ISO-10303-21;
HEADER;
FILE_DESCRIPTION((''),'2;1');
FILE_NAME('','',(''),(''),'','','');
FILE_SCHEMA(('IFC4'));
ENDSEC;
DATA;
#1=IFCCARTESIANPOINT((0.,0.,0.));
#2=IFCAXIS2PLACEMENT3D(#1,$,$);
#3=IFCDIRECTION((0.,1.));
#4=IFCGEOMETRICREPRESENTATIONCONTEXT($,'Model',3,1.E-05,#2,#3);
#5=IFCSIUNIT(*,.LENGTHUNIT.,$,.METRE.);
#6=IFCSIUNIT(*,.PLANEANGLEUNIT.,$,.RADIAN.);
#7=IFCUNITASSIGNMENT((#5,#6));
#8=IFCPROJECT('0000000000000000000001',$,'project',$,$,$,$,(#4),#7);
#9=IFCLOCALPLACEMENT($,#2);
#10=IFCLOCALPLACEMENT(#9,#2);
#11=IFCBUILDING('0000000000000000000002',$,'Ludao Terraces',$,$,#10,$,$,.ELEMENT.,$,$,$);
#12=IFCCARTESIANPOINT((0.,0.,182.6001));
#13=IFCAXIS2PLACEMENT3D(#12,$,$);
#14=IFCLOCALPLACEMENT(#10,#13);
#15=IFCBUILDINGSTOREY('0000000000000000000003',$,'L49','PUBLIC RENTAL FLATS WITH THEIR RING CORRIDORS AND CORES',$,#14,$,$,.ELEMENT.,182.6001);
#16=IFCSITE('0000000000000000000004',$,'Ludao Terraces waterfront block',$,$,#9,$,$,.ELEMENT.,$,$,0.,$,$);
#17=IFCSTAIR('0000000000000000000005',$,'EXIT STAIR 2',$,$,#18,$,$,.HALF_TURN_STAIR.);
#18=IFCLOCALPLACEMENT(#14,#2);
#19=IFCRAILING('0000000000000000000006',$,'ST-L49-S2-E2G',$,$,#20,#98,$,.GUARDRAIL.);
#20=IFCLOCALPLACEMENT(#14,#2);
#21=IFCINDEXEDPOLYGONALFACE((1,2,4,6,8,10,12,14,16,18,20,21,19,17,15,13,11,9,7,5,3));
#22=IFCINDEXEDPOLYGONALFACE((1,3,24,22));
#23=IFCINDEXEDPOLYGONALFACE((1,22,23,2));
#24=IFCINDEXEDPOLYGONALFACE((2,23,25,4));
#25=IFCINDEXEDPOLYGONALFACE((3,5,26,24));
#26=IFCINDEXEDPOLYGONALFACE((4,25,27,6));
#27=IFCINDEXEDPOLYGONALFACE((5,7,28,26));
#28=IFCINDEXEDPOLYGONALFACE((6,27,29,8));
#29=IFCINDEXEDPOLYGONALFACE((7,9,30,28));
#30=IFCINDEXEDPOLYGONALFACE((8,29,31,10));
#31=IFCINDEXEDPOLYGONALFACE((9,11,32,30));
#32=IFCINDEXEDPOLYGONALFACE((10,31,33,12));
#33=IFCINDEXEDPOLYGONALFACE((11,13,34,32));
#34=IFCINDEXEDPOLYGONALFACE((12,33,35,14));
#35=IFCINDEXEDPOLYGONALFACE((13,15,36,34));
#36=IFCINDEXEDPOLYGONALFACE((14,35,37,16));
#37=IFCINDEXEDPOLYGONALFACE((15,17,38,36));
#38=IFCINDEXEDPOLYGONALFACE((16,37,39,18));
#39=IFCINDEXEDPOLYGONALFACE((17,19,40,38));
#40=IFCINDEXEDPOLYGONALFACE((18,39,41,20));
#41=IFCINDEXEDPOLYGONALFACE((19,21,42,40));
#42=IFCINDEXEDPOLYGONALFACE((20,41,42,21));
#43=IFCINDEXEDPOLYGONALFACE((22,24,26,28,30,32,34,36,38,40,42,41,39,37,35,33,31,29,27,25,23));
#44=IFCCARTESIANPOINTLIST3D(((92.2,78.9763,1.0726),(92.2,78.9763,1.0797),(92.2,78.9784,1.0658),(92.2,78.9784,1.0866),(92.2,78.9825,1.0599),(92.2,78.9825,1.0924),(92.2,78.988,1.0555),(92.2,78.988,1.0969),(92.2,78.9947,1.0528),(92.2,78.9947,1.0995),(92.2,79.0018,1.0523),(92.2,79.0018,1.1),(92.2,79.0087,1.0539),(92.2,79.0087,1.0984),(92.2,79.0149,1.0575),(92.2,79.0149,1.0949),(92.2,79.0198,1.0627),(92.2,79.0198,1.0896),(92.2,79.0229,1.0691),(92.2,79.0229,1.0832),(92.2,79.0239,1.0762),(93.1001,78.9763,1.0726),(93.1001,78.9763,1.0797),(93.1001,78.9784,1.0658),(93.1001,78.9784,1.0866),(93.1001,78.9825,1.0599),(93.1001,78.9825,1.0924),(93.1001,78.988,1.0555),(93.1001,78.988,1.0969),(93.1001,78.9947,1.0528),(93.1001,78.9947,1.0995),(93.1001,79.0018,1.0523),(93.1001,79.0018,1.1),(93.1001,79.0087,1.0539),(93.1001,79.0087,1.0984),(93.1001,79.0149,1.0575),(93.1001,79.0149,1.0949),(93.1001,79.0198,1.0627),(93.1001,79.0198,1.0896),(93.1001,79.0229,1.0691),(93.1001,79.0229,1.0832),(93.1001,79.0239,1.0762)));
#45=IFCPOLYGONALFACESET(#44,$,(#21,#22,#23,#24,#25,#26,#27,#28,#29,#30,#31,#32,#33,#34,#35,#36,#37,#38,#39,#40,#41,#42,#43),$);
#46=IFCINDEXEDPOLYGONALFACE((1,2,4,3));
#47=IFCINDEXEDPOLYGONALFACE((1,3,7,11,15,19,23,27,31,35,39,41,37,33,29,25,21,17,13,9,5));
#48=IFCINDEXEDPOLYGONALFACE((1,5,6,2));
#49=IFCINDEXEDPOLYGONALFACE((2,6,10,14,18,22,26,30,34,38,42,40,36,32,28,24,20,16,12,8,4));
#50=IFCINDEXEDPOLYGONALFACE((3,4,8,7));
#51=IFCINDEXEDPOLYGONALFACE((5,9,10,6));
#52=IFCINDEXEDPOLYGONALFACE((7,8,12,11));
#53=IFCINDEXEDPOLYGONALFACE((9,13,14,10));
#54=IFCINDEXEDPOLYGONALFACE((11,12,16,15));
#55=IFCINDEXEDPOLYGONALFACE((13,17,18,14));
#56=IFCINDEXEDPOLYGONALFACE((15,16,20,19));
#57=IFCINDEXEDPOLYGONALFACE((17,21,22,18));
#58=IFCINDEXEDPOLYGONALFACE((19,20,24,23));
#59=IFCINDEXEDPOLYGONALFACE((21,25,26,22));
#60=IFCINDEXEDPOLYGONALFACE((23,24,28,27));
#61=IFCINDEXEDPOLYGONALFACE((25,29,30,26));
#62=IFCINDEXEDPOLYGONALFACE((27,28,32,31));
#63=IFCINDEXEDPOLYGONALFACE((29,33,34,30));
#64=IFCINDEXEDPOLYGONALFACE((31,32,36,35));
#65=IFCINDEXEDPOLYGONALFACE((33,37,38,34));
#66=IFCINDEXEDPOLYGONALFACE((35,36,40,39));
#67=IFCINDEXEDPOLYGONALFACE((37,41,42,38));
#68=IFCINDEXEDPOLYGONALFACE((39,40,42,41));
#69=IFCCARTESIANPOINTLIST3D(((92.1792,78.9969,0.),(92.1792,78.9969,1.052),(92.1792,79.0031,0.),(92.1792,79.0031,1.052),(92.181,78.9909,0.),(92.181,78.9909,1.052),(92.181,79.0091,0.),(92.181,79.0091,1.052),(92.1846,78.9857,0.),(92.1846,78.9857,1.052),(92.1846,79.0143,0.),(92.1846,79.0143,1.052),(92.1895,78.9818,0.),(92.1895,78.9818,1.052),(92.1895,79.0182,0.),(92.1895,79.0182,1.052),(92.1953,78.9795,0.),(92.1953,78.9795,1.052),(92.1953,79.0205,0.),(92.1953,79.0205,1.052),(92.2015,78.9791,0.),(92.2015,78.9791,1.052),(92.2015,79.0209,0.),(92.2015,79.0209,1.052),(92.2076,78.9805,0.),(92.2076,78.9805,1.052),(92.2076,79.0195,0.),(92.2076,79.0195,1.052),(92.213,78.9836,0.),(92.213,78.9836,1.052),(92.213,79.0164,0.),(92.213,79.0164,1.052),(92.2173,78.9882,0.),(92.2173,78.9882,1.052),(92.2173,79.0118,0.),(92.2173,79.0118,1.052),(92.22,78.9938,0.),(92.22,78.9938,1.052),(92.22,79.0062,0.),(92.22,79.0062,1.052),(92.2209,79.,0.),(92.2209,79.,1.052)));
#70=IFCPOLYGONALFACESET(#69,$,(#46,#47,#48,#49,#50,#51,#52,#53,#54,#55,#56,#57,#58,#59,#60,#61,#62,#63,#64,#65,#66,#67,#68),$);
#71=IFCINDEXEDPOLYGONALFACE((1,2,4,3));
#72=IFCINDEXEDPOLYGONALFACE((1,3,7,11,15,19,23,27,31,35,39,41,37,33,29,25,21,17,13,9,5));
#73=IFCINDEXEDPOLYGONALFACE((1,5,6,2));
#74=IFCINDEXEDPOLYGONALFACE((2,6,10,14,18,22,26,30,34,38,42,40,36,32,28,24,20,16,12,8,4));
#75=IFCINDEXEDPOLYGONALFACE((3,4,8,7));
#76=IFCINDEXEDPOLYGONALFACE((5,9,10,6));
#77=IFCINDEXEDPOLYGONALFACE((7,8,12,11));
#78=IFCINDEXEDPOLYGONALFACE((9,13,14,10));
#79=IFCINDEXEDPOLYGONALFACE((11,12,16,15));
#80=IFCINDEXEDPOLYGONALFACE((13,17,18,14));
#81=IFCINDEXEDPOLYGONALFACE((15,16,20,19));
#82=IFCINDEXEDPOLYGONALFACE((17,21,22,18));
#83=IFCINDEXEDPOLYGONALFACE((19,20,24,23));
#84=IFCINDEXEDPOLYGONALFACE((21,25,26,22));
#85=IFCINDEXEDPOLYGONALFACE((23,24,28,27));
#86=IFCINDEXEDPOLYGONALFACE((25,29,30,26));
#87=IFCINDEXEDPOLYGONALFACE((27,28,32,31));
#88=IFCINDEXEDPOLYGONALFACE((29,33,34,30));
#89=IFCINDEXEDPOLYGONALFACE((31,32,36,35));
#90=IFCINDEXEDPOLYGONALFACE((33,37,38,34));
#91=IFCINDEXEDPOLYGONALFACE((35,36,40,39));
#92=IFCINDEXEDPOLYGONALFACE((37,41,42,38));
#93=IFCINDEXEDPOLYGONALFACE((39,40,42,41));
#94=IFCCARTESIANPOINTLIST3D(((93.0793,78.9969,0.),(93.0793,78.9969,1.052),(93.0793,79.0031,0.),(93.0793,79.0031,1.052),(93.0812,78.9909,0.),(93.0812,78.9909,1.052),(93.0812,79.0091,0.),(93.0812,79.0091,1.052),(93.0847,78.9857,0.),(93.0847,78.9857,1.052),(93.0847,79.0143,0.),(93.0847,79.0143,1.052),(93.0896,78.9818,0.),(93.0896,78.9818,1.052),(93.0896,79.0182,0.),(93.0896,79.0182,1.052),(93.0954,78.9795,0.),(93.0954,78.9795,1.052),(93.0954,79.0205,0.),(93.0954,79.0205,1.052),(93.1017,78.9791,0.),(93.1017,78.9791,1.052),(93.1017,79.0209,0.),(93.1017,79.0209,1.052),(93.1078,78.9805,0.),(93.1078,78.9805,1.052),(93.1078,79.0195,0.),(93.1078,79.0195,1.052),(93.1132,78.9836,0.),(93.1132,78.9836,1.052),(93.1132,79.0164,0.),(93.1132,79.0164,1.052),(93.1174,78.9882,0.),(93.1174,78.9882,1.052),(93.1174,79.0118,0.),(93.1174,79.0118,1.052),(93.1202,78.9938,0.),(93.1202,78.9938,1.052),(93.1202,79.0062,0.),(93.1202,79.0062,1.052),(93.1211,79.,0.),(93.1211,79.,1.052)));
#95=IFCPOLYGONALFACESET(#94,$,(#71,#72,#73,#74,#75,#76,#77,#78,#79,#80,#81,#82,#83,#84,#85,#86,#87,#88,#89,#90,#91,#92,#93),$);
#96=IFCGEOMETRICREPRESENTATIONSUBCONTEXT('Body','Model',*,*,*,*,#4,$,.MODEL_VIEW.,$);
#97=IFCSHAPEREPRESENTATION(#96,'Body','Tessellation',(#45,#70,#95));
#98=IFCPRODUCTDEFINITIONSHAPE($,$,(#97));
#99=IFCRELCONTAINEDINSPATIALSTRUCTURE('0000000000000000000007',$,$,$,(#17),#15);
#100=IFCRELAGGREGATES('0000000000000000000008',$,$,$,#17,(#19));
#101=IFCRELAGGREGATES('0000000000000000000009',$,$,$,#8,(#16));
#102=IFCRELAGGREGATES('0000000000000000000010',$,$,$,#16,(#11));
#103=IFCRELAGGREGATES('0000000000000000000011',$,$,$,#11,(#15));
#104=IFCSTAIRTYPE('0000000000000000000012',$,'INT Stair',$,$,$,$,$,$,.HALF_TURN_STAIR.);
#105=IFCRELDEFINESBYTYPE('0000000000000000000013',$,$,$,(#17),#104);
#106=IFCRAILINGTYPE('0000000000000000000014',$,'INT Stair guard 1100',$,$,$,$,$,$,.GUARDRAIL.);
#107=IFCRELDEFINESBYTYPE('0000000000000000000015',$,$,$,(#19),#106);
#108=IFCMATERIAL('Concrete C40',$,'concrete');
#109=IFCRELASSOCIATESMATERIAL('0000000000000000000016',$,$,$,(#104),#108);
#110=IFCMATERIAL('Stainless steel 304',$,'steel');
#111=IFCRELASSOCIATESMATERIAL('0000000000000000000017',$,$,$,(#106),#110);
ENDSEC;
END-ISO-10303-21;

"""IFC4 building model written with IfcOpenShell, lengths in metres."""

from ifc_helpers import new_model, si_unit, direction, frame, origin, origin_2d, place, context, subcontext, project, spatial, circle, extrude, material, type_object, element, aggregate, save


model = new_model("IFC4")

# Units and contexts
model_context = context("Model", 3, precision=1e-05, world=origin(), true_north=direction((0.0, 1.0)))
body_context = subcontext(model_context, "Body", "Model", "MODEL_VIEW")
ifc_project = project(units=[si_unit("LENGTHUNIT", "METRE"), si_unit("PLANEANGLEUNIT", "RADIAN")], contexts=[model_context])

# Site, building, storey
site_placement = place(None, origin())
site = spatial("IfcSite", under=ifc_project, at=site_placement, Name="Ludao Terraces waterfront block", CompositionType="ELEMENT", RefElevation=0.0)
building_placement = place(site_placement, origin())
building = spatial("IfcBuilding", under=site, at=building_placement, Name="Ludao Terraces", CompositionType="ELEMENT")
storey_placement = place(building_placement, frame((0.0, 0.0, 182.6001)))
storey = spatial("IfcBuildingStorey", under=building, at=storey_placement, Name="L49", Description="PUBLIC RENTAL FLATS WITH THEIR RING CORRIDORS AND CORES", CompositionType="ELEMENT", Elevation=182.6001)

# Shared definitions
ifc_material_1 = material(Name="Concrete C40", Category="concrete")

# Shared definitions
ifc_material_2 = material(Name="Stainless steel 304", Category="steel")

# Stair, railing
stair_type = type_object("IfcStairType", Name="INT Stair", PredefinedType="HALF_TURN_STAIR", material=ifc_material_1)
stair_placement = place(storey_placement, origin())
stair = element("IfcStair", 1, at=stair_placement, inside=storey, type_object=stair_type, Name="EXIT STAIR 2", PredefinedType="HALF_TURN_STAIR")
railing_type_1 = type_object("IfcRailingType", Name="INT Stair guard 1100", PredefinedType="GUARDRAIL", material=ifc_material_2)
railing_1_placement = place(storey_placement, frame((92.2, 79.0, 0.0)))
railing_1 = element("IfcRailing", 2, at=railing_1_placement, type_object=railing_type_1, Name="ST-L49-S2-E2G", PredefinedType="GUARDRAIL", context=body_context, shape_type="SweptSolid", body=[
    extrude(circle(Radius=0.0239, at=origin_2d()), frame((0.0, 0.0, 1.0762), z_axis=(1.0, 0.0, 0.0), x_axis=(0.0, 1.0, 0.0)), (0.0, 0.0, 1.0), 0.9001),
    extrude(circle(Radius=0.021, at=origin_2d()), origin(), (0.0, 0.0, 1.0), 1.052),
    extrude(circle(Radius=0.021, at=origin_2d()), frame((0.9001, 0.0, 0.0)), (0.0, 0.0, 1.0), 1.052),
])
aggregate(stair, [railing_1])

save(model, "model.ifc")
